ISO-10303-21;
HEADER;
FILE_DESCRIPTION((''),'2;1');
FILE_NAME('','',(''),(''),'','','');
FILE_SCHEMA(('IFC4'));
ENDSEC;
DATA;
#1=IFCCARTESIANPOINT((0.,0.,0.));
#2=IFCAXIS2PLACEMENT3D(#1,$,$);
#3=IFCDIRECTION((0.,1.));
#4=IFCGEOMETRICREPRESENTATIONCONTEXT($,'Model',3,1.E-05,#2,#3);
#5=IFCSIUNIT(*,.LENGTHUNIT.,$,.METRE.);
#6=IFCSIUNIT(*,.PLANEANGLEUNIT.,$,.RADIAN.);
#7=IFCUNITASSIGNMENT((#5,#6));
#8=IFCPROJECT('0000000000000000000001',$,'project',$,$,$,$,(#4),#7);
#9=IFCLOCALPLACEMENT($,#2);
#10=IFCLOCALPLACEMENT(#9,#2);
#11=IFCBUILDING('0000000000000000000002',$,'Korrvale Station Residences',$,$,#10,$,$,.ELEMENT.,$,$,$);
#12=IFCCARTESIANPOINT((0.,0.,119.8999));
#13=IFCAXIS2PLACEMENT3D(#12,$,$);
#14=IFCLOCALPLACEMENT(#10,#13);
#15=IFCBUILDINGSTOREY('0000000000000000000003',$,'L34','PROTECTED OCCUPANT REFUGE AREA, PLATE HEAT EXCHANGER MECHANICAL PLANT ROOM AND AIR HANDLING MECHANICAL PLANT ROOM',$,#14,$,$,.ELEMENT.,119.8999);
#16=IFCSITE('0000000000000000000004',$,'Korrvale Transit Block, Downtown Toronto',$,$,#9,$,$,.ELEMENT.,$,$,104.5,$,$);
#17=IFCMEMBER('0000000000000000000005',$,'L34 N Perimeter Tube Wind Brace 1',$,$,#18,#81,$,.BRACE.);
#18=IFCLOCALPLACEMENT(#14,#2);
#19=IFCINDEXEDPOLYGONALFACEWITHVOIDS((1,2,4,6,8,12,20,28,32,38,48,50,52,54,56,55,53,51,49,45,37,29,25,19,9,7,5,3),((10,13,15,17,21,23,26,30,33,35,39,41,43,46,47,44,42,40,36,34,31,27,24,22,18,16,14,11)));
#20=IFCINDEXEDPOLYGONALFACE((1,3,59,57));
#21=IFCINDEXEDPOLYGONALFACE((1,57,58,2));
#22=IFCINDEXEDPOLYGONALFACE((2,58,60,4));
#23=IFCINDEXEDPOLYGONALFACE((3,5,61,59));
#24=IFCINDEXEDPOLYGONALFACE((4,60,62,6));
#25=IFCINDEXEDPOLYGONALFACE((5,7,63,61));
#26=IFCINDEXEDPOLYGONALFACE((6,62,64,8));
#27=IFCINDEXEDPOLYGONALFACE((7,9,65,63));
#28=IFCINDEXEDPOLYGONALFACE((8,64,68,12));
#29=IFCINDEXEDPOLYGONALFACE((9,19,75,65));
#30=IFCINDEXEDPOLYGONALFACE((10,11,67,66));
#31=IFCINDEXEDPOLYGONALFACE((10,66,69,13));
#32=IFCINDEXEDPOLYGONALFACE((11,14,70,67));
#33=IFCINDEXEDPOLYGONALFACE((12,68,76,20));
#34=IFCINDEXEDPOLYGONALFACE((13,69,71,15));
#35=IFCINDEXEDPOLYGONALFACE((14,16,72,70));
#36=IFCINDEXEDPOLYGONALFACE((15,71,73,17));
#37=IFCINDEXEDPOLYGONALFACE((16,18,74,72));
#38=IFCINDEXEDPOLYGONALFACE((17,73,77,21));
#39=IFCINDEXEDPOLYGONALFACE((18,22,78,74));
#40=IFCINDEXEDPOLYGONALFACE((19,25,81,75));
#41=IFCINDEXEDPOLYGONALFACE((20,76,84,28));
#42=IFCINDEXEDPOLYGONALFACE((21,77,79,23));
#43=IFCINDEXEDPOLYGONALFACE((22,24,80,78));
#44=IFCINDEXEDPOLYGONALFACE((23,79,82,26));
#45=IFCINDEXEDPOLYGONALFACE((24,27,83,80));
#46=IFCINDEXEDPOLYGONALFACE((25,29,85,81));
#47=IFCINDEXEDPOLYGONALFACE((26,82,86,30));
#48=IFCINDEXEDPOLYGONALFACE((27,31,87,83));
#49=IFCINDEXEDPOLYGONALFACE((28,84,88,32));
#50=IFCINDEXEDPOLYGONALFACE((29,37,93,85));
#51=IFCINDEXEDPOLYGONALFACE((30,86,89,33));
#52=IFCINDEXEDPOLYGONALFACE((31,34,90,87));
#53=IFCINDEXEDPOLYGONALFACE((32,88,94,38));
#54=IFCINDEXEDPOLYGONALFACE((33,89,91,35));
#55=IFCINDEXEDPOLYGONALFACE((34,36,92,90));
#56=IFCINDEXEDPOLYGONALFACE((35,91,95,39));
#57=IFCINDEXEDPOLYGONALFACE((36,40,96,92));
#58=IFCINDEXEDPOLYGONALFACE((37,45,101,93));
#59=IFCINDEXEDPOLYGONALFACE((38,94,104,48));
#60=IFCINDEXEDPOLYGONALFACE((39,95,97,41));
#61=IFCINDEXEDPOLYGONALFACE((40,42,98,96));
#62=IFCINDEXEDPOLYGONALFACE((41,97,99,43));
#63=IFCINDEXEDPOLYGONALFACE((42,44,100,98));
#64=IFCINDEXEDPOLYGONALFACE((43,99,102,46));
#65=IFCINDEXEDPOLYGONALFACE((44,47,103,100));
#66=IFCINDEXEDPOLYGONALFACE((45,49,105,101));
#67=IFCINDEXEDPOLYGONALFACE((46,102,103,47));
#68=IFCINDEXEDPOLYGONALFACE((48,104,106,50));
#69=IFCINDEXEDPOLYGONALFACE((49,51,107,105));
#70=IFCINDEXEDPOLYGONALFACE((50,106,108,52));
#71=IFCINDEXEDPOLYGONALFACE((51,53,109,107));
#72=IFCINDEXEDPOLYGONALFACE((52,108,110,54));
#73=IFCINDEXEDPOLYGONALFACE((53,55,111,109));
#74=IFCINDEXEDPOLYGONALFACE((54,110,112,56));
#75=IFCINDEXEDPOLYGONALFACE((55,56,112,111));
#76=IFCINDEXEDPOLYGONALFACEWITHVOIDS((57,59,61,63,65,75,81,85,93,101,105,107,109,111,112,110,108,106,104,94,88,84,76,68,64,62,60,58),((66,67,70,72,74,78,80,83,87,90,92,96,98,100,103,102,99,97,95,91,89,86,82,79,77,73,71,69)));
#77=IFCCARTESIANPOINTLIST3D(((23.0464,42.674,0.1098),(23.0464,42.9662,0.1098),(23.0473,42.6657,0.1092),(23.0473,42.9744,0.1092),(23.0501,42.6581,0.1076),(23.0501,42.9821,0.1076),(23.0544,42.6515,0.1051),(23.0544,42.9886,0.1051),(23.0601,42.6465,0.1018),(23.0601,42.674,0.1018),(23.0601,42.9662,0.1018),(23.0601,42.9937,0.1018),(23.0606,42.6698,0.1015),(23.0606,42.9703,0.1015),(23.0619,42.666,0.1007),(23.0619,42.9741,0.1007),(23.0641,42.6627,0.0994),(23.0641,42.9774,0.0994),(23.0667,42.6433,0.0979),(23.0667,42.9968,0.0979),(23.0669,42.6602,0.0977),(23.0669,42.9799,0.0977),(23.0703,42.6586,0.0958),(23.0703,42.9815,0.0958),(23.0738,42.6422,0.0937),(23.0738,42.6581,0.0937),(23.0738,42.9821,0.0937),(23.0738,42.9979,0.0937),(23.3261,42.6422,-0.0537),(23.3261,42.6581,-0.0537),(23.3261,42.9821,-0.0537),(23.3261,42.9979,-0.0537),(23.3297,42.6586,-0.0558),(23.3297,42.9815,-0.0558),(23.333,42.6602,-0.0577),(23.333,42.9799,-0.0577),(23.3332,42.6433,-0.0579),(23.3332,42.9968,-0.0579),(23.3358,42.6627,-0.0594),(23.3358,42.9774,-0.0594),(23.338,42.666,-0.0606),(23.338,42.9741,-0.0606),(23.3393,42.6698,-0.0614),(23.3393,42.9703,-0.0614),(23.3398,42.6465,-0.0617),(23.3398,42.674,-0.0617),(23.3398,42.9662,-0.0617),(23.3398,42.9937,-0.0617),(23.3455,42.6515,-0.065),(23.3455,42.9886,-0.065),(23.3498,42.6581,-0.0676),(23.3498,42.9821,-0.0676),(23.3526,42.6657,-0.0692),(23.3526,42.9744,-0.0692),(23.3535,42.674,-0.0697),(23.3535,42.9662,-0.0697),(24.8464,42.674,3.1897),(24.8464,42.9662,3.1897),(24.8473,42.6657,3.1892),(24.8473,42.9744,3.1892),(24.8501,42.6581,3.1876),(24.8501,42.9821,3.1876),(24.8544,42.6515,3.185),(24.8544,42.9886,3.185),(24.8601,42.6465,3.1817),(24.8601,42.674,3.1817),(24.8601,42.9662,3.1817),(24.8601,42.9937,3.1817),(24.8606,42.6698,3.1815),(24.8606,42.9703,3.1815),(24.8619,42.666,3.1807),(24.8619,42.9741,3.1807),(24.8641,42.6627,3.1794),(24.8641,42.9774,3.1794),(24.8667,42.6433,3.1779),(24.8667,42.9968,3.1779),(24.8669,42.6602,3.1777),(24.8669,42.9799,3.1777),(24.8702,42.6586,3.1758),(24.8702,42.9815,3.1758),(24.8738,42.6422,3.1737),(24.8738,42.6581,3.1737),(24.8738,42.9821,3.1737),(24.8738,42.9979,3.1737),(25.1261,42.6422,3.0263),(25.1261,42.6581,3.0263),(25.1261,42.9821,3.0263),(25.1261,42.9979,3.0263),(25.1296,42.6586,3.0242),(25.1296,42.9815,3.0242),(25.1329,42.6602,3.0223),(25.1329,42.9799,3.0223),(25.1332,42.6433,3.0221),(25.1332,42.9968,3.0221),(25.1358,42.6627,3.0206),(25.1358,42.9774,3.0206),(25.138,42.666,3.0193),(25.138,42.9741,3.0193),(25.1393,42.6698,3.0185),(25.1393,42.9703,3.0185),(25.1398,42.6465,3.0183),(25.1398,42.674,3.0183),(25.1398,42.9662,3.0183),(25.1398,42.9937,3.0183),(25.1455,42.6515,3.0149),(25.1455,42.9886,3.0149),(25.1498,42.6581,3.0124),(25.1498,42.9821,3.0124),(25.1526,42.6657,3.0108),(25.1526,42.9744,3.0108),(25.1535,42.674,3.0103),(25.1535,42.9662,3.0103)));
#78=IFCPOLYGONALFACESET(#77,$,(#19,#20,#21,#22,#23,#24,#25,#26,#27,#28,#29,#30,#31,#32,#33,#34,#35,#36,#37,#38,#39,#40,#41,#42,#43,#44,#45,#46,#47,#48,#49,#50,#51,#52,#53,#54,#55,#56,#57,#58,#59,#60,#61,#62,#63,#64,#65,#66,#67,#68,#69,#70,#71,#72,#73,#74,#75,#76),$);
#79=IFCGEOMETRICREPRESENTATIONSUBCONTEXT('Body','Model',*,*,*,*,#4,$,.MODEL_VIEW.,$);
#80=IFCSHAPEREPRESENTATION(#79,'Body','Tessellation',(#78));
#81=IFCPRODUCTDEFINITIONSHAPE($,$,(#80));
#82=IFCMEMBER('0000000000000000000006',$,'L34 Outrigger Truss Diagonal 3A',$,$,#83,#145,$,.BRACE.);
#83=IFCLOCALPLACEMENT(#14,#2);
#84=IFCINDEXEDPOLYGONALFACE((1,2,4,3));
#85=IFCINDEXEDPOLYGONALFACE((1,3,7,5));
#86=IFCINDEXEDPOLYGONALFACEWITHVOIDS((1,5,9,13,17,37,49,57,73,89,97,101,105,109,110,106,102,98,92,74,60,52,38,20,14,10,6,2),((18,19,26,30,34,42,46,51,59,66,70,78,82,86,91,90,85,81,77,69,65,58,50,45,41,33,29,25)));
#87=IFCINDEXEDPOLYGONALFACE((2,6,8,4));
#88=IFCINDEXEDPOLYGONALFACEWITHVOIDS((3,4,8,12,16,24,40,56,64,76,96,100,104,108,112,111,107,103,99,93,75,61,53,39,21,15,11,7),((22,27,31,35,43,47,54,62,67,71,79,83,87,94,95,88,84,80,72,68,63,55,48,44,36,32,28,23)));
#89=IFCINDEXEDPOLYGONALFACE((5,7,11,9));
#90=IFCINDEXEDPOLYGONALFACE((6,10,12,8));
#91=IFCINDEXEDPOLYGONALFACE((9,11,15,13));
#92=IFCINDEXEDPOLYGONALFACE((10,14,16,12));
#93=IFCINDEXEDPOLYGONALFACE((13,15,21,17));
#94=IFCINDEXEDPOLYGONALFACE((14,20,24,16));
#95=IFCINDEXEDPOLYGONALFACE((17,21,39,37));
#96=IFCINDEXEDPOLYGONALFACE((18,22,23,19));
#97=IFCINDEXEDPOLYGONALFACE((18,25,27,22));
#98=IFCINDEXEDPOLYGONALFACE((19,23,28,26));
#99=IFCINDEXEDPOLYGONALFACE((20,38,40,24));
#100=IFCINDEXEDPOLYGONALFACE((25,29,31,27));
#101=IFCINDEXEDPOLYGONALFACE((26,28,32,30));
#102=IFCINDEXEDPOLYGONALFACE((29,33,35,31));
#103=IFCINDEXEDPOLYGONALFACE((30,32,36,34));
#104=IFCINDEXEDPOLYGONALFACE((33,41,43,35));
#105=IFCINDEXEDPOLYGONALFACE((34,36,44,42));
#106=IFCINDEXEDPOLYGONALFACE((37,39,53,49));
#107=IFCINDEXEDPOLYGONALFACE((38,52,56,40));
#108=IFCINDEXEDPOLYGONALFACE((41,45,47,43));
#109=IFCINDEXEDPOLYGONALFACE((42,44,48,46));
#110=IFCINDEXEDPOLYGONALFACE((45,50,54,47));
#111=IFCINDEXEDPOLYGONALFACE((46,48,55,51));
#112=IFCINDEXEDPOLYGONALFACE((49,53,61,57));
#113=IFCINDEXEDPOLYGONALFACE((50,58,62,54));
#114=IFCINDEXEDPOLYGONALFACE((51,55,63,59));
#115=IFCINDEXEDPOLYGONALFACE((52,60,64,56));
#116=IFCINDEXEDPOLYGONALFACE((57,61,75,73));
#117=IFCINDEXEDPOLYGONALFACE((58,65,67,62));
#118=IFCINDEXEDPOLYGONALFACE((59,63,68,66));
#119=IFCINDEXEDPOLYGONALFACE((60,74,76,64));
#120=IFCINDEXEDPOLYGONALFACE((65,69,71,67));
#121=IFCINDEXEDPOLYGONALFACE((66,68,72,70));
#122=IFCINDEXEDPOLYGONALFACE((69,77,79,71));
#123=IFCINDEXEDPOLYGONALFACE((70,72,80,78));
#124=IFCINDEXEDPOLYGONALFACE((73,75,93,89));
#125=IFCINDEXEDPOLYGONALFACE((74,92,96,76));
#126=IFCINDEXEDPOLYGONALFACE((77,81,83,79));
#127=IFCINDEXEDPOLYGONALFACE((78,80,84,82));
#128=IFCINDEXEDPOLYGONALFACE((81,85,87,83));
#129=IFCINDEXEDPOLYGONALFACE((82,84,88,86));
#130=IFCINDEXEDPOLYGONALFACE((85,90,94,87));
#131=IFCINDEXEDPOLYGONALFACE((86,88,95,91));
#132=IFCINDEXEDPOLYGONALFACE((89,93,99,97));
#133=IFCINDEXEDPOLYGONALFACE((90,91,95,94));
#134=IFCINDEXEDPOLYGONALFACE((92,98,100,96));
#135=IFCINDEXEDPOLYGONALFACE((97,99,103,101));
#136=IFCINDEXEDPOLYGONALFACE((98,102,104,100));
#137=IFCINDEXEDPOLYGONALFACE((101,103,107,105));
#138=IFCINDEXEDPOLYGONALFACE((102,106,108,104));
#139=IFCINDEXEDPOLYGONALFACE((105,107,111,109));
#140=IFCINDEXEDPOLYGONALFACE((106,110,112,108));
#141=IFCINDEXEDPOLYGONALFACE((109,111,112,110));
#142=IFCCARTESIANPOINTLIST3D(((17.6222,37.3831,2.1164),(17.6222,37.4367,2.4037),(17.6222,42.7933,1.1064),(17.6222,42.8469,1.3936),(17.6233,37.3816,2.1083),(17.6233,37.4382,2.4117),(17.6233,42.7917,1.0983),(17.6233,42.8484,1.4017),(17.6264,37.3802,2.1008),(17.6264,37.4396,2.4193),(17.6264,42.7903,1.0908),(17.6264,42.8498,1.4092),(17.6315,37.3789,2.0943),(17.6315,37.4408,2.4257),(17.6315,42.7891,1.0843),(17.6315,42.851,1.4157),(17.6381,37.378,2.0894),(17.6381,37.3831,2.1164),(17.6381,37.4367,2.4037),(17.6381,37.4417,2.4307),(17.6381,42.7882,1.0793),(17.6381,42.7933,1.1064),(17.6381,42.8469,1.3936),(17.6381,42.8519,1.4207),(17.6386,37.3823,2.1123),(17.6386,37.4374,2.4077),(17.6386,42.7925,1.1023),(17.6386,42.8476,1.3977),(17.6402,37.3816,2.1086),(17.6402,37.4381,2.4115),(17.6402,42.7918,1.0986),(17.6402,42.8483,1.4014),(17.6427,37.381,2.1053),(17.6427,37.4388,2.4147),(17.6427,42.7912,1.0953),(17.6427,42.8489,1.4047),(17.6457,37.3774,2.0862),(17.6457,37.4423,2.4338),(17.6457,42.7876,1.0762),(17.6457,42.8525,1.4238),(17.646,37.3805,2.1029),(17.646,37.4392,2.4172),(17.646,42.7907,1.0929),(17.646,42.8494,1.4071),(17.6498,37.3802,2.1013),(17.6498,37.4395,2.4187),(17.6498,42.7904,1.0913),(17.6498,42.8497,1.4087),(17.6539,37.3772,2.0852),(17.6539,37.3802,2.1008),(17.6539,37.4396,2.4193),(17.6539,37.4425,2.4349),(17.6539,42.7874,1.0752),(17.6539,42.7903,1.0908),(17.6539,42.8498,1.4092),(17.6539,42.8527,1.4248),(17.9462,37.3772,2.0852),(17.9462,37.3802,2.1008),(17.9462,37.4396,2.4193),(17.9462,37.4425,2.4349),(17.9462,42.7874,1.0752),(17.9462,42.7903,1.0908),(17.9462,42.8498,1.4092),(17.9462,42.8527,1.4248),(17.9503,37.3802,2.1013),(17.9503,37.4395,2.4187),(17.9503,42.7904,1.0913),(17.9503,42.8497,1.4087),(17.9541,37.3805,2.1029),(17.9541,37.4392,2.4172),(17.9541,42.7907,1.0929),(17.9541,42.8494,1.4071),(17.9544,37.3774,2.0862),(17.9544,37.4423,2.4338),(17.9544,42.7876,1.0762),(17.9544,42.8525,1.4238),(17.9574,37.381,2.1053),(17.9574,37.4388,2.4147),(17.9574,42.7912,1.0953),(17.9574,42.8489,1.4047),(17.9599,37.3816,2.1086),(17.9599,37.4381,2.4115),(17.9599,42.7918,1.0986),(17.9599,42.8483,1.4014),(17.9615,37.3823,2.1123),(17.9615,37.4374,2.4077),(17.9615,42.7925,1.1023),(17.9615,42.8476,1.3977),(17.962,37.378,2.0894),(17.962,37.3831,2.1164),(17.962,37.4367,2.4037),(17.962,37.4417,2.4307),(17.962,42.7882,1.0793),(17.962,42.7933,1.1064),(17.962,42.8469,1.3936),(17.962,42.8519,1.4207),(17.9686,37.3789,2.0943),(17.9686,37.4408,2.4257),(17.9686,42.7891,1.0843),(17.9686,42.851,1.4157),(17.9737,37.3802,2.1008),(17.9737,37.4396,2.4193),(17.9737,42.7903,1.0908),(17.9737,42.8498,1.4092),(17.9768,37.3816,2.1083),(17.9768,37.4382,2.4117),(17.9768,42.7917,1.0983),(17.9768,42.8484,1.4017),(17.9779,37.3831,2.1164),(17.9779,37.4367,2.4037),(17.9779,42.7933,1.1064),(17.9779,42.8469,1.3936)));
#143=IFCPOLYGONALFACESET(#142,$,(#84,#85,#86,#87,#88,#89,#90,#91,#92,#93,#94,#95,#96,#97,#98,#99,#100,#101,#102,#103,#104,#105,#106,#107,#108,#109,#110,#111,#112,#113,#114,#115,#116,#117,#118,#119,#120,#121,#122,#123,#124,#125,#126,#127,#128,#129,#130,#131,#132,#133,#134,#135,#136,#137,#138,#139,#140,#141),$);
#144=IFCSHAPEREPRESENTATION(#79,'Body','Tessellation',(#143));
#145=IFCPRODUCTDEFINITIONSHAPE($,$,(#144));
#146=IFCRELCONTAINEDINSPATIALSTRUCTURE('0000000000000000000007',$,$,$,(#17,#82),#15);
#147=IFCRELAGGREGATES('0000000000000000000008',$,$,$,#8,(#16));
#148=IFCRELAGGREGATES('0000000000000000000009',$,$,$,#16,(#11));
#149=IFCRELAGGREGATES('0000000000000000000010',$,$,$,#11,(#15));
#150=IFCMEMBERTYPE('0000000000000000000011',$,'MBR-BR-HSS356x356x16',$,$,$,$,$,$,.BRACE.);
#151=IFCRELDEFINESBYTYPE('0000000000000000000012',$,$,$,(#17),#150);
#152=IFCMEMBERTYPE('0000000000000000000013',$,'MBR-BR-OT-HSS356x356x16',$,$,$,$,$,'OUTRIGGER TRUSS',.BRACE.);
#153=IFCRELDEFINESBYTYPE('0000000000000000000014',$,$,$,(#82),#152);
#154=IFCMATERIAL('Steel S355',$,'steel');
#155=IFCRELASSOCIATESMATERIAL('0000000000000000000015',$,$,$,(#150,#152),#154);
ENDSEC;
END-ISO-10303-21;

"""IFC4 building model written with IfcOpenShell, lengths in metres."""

from ifc_helpers import new_model, si_unit, direction, frame, origin, origin_2d, place, context, subcontext, project, spatial, hollow_rectangle, extrude, material, material_profile, profile_set, type_object, element, save


model = new_model("IFC4")

# Units and contexts
model_context = context("Model", 3, precision=1e-05, world=origin(), true_north=direction((0.0, 1.0)))
body_context = subcontext(model_context, "Body", "Model", "MODEL_VIEW")
ifc_project = project(units=[si_unit("LENGTHUNIT", "METRE"), si_unit("PLANEANGLEUNIT", "RADIAN")], contexts=[model_context])

# Site, building, storey
site_placement = place(None, origin())
site = spatial("IfcSite", under=ifc_project, at=site_placement, Name="Korrvale Transit Block, Downtown Toronto", CompositionType="ELEMENT", RefElevation=104.5)
building_placement = place(site_placement, origin())
building = spatial("IfcBuilding", under=site, at=building_placement, Name="Korrvale Station Residences", CompositionType="ELEMENT")
storey_placement = place(building_placement, frame((0.0, 0.0, 119.8999)))
storey = spatial("IfcBuildingStorey", under=building, at=storey_placement, Name="L34", Description="PROTECTED OCCUPANT REFUGE AREA, PLATE HEAT EXCHANGER MECHANICAL PLANT ROOM AND AIR HANDLING MECHANICAL PLANT ROOM", CompositionType="ELEMENT", Elevation=119.8999)

# Members
ifc_material_1 = material(Name="Steel S355", Category="steel")
ifc_material_profile_1 = material_profile(ifc_material_1, hollow_rectangle(XDim=0.3557, YDim=0.3557, WallThickness=0.0159, InnerFilletRadius=0.0159, OuterFilletRadius=0.0317, at=origin_2d()), Name="HSS356x356x16")
ifc_profile_set_1 = profile_set([ifc_material_profile_1], Name="Steel S355")
member_type_1 = type_object("IfcMemberType", Name="MBR-BR-HSS356x356x16", PredefinedType="BRACE", material=ifc_profile_set_1)
member_1_placement = place(storey_placement, frame((23.2, 42.8201, 0.02), z_axis=(0.504569, 0.0, 0.863372), x_axis=(0.0, 1.0, 0.0)))
element("IfcMember", 1, at=member_1_placement, inside=storey, type_object=member_type_1, Name="L34 N Perimeter Tube Wind Brace 1", PredefinedType="BRACE", context=body_context, shape_type="SweptSolid", body=[
    extrude(hollow_rectangle(XDim=0.3557, YDim=0.3557, WallThickness=0.0159, InnerFilletRadius=0.0159, OuterFilletRadius=0.0317, at=origin_2d()), origin(), (0.0, 0.0, 1.0), 3.5674),
])
ifc_material_profile_2 = material_profile(ifc_material_1, hollow_rectangle(XDim=0.3557, YDim=0.3557, WallThickness=0.0159, InnerFilletRadius=0.0159, OuterFilletRadius=0.0317, at=origin_2d()), Name="HSS356x356x16")
ifc_profile_set_2 = profile_set([ifc_material_profile_2], Name="Steel S355")
member_type_2 = type_object("IfcMemberType", Name="MBR-BR-OT-HSS356x356x16", ElementType="OUTRIGGER TRUSS", PredefinedType="BRACE", material=ifc_profile_set_2)
member_2_placement = place(storey_placement, frame((17.8, 42.8201, 1.25), z_axis=(0.0, -0.983017, 0.183517), x_axis=(1.0, 0.0, 0.0)))
element("IfcMember", 2, at=member_2_placement, inside=storey, type_object=member_type_2, Name="L34 Outrigger Truss Diagonal 3A", PredefinedType="BRACE", context=body_context, shape_type="SweptSolid", body=[
    extrude(hollow_rectangle(XDim=0.3557, YDim=0.3557, WallThickness=0.0159, InnerFilletRadius=0.0159, OuterFilletRadius=0.0317, at=origin_2d()), origin(), (0.0, 0.0, 1.0), 5.5037),
])

save(model, "model.ifc")
